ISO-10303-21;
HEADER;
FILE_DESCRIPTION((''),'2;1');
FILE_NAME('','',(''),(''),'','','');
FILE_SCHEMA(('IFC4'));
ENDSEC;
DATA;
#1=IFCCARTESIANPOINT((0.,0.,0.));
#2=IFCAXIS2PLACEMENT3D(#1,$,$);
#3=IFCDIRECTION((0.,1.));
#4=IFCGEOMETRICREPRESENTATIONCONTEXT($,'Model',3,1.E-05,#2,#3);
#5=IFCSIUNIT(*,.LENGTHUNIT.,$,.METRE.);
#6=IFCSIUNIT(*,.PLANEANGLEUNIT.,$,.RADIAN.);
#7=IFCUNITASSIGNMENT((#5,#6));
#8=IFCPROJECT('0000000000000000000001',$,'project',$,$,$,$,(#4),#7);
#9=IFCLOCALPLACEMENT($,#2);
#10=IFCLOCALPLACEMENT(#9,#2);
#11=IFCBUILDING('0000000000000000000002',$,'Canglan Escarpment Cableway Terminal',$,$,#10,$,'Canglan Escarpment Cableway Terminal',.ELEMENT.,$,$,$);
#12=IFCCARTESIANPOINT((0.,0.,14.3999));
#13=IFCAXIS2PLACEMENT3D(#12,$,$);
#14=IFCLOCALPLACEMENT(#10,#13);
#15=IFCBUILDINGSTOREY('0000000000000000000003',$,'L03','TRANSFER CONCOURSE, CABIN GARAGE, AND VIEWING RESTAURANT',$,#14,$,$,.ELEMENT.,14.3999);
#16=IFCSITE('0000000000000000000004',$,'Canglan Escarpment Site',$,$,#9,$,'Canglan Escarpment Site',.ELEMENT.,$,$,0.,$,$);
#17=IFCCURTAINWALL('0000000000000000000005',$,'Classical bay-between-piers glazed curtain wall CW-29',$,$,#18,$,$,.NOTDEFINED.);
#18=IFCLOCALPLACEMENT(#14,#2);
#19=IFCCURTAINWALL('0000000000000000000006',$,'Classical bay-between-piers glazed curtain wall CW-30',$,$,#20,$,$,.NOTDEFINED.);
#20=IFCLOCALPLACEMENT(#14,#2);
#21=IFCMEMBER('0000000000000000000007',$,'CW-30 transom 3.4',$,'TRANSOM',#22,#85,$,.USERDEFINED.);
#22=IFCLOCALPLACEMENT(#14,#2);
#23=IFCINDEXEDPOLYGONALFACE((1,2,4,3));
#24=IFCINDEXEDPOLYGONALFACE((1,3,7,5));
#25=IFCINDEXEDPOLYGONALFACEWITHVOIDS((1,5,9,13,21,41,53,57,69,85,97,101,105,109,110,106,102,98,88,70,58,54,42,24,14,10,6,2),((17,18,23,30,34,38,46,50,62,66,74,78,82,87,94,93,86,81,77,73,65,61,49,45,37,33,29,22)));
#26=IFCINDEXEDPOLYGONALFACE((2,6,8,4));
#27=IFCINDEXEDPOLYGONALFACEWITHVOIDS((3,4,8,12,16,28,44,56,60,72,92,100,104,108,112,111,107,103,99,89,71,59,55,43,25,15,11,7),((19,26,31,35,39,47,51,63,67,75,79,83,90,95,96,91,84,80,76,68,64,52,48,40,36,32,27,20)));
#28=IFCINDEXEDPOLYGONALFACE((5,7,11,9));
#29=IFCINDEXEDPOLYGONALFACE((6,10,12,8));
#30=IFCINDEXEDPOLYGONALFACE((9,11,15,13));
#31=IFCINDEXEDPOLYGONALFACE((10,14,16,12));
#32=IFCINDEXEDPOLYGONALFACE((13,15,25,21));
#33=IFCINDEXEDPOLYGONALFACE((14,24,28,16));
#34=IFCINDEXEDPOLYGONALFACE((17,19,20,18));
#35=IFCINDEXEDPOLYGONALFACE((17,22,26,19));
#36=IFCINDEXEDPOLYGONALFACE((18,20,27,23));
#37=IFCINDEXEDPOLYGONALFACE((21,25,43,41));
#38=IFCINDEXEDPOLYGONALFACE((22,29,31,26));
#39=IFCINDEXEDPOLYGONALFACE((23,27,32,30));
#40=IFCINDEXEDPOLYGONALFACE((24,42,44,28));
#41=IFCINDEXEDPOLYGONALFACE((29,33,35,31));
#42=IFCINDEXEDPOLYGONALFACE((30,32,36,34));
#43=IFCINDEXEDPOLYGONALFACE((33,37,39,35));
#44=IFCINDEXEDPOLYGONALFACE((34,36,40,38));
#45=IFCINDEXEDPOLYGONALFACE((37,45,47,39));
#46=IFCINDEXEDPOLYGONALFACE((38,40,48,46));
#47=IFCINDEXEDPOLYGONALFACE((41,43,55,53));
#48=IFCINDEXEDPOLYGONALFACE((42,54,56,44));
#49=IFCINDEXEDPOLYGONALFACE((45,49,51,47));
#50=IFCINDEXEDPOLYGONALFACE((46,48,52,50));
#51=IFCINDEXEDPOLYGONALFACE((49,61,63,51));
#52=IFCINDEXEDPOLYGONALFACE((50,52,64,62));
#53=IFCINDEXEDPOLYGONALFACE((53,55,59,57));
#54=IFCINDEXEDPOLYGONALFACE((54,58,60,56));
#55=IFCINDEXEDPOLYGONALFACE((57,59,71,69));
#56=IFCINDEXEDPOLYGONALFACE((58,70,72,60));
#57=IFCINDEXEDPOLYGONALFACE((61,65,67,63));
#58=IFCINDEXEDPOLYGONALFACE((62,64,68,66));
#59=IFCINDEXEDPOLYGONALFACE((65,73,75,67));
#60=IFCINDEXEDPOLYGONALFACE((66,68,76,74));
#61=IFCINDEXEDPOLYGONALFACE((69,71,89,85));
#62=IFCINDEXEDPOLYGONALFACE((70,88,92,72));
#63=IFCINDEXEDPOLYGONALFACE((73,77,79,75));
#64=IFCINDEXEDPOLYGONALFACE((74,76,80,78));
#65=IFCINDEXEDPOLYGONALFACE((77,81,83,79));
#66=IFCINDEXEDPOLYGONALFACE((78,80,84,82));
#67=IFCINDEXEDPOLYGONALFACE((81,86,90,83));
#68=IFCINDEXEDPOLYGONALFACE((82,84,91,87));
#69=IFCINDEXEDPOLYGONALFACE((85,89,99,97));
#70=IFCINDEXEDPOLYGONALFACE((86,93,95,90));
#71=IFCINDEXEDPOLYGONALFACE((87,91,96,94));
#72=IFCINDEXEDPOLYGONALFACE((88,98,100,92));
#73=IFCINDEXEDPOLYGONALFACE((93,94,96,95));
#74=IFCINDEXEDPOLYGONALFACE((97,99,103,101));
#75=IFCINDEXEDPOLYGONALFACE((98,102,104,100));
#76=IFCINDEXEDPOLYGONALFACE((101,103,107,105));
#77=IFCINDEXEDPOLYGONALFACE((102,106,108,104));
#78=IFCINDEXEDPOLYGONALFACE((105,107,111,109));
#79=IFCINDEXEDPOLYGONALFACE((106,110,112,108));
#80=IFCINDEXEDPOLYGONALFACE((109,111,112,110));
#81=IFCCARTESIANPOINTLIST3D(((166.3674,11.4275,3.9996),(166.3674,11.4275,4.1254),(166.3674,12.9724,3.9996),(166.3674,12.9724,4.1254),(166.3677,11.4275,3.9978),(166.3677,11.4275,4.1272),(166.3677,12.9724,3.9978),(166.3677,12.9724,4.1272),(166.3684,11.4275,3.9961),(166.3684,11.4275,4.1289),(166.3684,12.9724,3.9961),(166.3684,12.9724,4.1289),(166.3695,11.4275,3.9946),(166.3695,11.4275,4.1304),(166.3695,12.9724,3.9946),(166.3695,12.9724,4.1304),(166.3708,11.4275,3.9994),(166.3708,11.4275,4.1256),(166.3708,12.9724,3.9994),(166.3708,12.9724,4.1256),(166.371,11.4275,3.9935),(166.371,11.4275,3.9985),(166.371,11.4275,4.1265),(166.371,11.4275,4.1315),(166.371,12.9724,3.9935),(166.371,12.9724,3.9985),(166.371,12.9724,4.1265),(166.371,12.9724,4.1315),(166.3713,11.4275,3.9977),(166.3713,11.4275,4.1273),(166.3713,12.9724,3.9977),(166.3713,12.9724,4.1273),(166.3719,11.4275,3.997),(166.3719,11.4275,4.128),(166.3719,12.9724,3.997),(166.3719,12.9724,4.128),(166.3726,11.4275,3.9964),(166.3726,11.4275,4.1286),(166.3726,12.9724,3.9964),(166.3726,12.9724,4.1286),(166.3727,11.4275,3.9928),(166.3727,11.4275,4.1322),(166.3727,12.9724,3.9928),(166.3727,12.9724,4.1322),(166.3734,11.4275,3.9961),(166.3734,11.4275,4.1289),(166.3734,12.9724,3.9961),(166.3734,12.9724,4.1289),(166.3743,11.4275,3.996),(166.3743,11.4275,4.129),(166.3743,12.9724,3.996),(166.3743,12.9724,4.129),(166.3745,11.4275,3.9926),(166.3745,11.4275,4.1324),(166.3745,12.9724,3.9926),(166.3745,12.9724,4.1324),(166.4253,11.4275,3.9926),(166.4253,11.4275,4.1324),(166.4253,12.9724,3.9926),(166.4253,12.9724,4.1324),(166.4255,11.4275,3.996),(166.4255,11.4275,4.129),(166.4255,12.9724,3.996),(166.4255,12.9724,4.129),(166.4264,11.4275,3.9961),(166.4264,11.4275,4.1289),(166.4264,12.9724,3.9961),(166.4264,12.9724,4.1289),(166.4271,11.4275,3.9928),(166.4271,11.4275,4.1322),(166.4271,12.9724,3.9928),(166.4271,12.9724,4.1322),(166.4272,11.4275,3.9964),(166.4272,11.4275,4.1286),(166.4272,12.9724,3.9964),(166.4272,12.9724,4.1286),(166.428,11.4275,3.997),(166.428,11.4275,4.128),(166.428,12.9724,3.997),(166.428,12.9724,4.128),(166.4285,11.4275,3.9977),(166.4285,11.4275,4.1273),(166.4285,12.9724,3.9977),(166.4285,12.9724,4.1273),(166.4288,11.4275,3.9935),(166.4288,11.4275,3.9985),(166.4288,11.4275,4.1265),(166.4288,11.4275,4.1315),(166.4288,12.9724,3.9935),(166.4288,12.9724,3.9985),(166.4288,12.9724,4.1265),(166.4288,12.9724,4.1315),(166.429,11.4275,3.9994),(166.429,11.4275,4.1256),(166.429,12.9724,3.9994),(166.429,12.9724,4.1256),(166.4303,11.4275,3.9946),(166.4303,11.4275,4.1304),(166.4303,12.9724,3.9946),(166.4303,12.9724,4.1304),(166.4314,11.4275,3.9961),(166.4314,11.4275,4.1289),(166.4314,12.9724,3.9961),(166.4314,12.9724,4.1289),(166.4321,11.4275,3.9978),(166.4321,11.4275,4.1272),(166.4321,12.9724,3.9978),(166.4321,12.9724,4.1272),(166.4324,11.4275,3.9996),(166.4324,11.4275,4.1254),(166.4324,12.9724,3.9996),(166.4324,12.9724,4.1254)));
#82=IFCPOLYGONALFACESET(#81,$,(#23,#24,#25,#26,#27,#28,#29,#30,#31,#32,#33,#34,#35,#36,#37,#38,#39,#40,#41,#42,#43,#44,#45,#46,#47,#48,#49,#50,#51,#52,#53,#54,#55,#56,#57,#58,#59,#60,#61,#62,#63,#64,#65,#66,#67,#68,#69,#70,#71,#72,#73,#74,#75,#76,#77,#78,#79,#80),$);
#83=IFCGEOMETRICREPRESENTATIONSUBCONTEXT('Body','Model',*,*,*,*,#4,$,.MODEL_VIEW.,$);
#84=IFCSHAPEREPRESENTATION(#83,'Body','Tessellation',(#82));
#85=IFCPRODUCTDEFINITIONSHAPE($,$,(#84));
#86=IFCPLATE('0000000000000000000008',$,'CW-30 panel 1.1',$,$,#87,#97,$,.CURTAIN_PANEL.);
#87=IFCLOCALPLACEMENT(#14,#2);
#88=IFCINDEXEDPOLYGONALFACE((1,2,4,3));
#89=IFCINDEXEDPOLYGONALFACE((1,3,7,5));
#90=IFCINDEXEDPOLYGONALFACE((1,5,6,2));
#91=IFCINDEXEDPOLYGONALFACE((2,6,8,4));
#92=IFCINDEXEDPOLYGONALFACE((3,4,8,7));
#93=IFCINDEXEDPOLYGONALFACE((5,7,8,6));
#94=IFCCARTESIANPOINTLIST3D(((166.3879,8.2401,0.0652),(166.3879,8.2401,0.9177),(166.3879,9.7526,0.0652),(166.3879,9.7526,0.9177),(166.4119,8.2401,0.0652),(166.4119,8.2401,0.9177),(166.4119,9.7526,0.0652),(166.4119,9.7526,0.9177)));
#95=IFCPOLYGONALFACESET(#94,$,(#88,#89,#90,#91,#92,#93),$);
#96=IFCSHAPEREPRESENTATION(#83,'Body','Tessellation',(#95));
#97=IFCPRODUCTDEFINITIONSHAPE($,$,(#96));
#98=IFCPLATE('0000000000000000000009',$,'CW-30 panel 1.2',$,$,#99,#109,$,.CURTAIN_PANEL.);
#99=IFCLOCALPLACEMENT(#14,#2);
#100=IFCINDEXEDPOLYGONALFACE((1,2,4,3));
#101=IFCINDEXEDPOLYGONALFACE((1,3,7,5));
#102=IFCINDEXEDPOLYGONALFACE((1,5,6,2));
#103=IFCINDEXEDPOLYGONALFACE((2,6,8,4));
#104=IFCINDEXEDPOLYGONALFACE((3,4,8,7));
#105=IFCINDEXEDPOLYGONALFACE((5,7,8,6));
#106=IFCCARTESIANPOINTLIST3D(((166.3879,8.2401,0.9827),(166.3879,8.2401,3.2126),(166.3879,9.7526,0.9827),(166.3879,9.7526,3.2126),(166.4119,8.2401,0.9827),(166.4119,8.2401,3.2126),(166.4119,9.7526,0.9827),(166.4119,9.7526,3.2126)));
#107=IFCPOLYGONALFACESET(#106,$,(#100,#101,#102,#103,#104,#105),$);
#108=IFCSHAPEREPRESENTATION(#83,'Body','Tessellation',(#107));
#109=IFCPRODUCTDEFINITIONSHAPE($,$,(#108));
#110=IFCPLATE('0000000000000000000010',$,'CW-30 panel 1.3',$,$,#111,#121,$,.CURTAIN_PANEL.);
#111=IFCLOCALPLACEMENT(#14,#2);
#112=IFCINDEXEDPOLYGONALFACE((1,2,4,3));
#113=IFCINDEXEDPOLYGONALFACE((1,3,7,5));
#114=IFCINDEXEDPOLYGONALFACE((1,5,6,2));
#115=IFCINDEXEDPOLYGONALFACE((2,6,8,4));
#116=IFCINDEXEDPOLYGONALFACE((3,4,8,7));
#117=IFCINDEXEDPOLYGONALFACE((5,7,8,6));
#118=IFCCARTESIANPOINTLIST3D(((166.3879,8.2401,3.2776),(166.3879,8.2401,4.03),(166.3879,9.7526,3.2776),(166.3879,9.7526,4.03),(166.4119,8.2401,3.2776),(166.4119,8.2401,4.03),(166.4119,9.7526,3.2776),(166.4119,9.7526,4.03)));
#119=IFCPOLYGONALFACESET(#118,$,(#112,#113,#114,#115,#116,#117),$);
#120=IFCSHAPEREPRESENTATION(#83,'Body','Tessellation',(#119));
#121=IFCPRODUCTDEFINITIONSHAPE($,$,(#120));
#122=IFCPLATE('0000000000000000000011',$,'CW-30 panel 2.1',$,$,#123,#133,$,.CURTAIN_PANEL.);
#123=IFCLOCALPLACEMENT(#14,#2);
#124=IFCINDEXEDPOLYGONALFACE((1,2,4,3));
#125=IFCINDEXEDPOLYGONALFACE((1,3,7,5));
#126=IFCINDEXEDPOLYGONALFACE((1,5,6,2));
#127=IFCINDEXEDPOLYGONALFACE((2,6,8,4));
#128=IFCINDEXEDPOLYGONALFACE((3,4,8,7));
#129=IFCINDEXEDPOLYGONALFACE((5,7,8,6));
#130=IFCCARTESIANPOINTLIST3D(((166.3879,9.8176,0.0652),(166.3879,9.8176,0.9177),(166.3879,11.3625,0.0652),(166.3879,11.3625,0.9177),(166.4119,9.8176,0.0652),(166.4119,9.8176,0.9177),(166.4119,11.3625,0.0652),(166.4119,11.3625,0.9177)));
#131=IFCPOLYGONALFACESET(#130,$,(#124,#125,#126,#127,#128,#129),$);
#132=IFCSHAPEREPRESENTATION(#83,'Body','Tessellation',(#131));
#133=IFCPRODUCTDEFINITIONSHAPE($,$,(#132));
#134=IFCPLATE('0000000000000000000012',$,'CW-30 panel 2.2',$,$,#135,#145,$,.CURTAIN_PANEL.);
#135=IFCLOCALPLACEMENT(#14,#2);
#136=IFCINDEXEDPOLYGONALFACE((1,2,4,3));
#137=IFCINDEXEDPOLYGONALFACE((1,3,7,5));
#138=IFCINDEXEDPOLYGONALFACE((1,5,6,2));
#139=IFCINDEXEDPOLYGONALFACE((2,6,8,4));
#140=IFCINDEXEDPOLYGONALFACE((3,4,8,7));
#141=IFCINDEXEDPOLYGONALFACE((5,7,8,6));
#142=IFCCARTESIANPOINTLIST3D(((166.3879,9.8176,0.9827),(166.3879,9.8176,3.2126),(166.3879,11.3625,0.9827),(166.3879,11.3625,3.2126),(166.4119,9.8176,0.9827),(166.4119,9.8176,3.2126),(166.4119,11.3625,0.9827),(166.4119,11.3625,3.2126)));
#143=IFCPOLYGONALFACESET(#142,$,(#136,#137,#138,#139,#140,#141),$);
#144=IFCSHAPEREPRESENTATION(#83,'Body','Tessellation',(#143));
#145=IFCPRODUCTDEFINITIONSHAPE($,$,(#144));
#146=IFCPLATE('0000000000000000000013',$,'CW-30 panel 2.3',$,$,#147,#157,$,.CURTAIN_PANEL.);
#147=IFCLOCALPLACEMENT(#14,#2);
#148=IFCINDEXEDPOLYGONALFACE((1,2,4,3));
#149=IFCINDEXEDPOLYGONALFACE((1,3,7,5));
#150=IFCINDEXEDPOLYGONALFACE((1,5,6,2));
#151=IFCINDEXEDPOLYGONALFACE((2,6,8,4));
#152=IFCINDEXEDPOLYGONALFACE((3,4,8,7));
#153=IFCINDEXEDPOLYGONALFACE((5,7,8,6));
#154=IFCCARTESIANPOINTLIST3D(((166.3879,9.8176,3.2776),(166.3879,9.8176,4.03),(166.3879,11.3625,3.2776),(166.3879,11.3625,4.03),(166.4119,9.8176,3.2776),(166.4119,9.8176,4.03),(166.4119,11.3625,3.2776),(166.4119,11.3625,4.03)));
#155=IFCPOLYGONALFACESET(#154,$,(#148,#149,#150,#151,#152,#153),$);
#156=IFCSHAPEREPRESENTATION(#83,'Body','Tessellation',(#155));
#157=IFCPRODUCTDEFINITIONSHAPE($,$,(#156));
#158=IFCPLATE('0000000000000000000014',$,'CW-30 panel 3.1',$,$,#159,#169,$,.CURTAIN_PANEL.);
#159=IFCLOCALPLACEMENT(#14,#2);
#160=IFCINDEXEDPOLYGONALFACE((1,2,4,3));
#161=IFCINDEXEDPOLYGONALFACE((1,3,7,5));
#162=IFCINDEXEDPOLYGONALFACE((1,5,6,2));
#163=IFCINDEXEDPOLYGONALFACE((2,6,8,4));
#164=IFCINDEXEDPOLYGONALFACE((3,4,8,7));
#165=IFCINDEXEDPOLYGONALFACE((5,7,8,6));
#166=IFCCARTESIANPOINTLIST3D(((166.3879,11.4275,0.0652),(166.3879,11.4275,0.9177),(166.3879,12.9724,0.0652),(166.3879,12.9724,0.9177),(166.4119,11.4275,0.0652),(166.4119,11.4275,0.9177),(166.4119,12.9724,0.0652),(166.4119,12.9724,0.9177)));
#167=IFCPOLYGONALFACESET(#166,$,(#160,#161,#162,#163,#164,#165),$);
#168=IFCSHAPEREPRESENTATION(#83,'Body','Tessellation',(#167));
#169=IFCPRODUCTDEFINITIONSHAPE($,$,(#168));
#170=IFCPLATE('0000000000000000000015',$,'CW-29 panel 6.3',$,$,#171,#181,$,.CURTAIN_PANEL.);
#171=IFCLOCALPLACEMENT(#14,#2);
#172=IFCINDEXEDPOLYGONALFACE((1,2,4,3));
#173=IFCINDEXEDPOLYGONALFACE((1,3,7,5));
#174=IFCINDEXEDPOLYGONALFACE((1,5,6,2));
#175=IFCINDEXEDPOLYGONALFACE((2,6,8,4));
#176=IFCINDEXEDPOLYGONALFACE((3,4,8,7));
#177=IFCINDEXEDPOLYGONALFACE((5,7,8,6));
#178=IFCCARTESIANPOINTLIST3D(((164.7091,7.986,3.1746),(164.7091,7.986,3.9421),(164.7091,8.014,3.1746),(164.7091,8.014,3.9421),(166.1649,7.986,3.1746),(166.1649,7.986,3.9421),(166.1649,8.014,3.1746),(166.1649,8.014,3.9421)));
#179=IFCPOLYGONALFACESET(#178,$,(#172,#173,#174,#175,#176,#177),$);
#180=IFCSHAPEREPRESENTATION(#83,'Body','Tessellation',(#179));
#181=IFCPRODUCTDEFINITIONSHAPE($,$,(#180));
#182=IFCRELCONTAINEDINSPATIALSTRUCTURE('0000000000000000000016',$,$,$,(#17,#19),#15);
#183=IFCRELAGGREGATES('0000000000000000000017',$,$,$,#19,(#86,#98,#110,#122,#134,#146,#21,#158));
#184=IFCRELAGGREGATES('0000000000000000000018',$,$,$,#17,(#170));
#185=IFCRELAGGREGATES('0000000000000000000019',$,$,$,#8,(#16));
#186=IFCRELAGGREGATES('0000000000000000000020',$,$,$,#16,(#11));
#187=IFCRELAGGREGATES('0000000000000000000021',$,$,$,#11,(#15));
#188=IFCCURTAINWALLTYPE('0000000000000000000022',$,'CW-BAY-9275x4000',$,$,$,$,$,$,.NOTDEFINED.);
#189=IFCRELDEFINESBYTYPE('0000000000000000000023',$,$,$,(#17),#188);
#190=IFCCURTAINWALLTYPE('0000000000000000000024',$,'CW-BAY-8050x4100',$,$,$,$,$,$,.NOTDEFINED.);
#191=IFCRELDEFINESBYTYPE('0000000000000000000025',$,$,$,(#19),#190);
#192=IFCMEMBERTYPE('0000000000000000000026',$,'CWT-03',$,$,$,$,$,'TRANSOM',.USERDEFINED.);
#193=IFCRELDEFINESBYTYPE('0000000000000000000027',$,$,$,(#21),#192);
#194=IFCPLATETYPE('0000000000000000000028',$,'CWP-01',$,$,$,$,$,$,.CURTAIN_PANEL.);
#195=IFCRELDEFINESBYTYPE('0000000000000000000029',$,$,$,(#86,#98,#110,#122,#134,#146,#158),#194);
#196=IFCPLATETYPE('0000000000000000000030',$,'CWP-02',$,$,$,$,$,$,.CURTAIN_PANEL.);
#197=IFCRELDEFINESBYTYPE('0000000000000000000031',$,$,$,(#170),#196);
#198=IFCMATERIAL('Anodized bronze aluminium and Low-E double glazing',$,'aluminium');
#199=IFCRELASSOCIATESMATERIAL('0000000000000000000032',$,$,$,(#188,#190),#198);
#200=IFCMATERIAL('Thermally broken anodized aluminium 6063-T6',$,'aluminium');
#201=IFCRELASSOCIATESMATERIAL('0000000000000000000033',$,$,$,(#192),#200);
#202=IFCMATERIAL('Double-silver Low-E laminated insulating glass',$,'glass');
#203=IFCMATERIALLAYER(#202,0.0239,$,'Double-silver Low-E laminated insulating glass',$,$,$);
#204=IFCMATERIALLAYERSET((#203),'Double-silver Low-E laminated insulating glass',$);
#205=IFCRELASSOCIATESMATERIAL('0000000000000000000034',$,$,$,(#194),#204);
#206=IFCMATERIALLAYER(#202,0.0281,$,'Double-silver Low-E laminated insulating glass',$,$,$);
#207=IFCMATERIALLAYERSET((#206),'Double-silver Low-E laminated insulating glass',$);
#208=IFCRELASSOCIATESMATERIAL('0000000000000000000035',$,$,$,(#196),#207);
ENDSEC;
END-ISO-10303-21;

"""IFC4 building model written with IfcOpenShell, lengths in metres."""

from ifc_helpers import new_model, si_unit, direction, frame, origin, origin_2d, place, context, subcontext, project, spatial, rectangle, hollow_rectangle, extrude, material, layer, layer_set, material_profile, profile_set, type_object, element, aggregate, save


model = new_model("IFC4")

# Units and contexts
model_context = context("Model", 3, precision=1e-05, world=origin(), true_north=direction((0.0, 1.0)))
body_context = subcontext(model_context, "Body", "Model", "MODEL_VIEW")
ifc_project = project(units=[si_unit("LENGTHUNIT", "METRE"), si_unit("PLANEANGLEUNIT", "RADIAN")], contexts=[model_context])

# Site, building, storey
site_placement = place(None, origin())
site = spatial("IfcSite", under=ifc_project, at=site_placement, Name="Canglan Escarpment Site", LongName="Canglan Escarpment Site", CompositionType="ELEMENT", RefElevation=0.0)
building_placement = place(site_placement, origin())
building = spatial("IfcBuilding", under=site, at=building_placement, Name="Canglan Escarpment Cableway Terminal", LongName="Canglan Escarpment Cableway Terminal", CompositionType="ELEMENT")
storey_placement = place(building_placement, frame((0.0, 0.0, 14.3999)))
storey = spatial("IfcBuildingStorey", under=building, at=storey_placement, Name="L03", Description="TRANSFER CONCOURSE, CABIN GARAGE, AND VIEWING RESTAURANT", CompositionType="ELEMENT", Elevation=14.3999)

# Curtain wall
ifc_material_1 = material(Name="Anodized bronze aluminium and Low-E double glazing", Category="aluminium")
curtain_wall_type_1 = type_object("IfcCurtainWallType", Name="CW-BAY-9275x4000", PredefinedType="NOTDEFINED", material=ifc_material_1)
curtain_wall_1_placement = place(storey_placement, origin())
curtain_wall_1 = element("IfcCurtainWall", 1, at=curtain_wall_1_placement, inside=storey, type_object=curtain_wall_type_1, Name="Classical bay-between-piers glazed curtain wall CW-29", PredefinedType="NOTDEFINED")
ifc_material_2 = material(Name="Thermally broken anodized aluminium 6063-T6", Category="aluminium")

# Curtain wall, member, plates
curtain_wall_type_2 = type_object("IfcCurtainWallType", Name="CW-BAY-8050x4100", PredefinedType="NOTDEFINED", material=ifc_material_1)
curtain_wall_2_placement = place(storey_placement, origin())
curtain_wall_2 = element("IfcCurtainWall", 2, at=curtain_wall_2_placement, inside=storey, type_object=curtain_wall_type_2, Name="Classical bay-between-piers glazed curtain wall CW-30", PredefinedType="NOTDEFINED")
ifc_material_profile_1 = material_profile(ifc_material_2, hollow_rectangle(XDim=0.0649, YDim=0.1399, WallThickness=0.0034, InnerFilletRadius=0.0034, OuterFilletRadius=0.0071, at=origin_2d()), Name="ALU-TRAN 65x140x3.5")
ifc_profile_set_1 = profile_set([ifc_material_profile_1], Name="Thermally broken anodized aluminium 6063-T6")
member_type_1 = type_object("IfcMemberType", Name="CWT-03", ElementType="TRANSOM", PredefinedType="USERDEFINED", material=ifc_profile_set_1)
member_1_placement = place(storey_placement, frame((166.3999, 11.4275, 4.0625), z_axis=(0.0, 1.0, 0.0), x_axis=(-1.0, 0.0, 0.0)))
member_1 = element("IfcMember", 3, at=member_1_placement, type_object=member_type_1, Name="CW-30 transom 3.4", ObjectType="TRANSOM", PredefinedType="USERDEFINED", context=body_context, shape_type="SweptSolid", body=[
    extrude(hollow_rectangle(XDim=0.0649, YDim=0.1399, WallThickness=0.0034, InnerFilletRadius=0.0034, OuterFilletRadius=0.0071, at=origin_2d()), origin(), (0.0, 0.0, 1.0), 1.5449),
])
ifc_material_3 = material(Name="Double-silver Low-E laminated insulating glass", Category="glass")
ifc_layer_1 = layer(ifc_material_3, 0.0239, Name="Double-silver Low-E laminated insulating glass")
ifc_layer_set_1 = layer_set([ifc_layer_1], Name="Double-silver Low-E laminated insulating glass")
plate_type_1 = type_object("IfcPlateType", Name="CWP-01", PredefinedType="CURTAIN_PANEL", material=ifc_layer_set_1)
plate_1_placement = place(storey_placement, frame((166.3999, 8.9963, 0.0652), z_axis=(0.0, 0.0, 1.0), x_axis=(0.0, 1.0, 0.0)))
plate_1 = element("IfcPlate", 4, at=plate_1_placement, type_object=plate_type_1, Name="CW-30 panel 1.1", PredefinedType="CURTAIN_PANEL", context=body_context, shape_type="SweptSolid", body=[
    extrude(rectangle(XDim=1.5125, YDim=0.0239, at=origin_2d()), origin(), (0.0, 0.0, 1.0), 0.8525),
])
plate_2_placement = place(storey_placement, frame((166.3999, 8.9963, 0.9827), z_axis=(0.0, 0.0, 1.0), x_axis=(0.0, 1.0, 0.0)))
plate_2 = element("IfcPlate", 5, at=plate_2_placement, type_object=plate_type_1, Name="CW-30 panel 1.2", PredefinedType="CURTAIN_PANEL", context=body_context, shape_type="SweptSolid", body=[
    extrude(rectangle(XDim=1.5125, YDim=0.0239, at=origin_2d()), origin(), (0.0, 0.0, 1.0), 2.23),
])
plate_3_placement = place(storey_placement, frame((166.3999, 8.9963, 3.2776), z_axis=(0.0, 0.0, 1.0), x_axis=(0.0, 1.0, 0.0)))
plate_3 = element("IfcPlate", 6, at=plate_3_placement, type_object=plate_type_1, Name="CW-30 panel 1.3", PredefinedType="CURTAIN_PANEL", context=body_context, shape_type="SweptSolid", body=[
    extrude(rectangle(XDim=1.5125, YDim=0.0239, at=origin_2d()), origin(), (0.0, 0.0, 1.0), 0.7524),
])
plate_4_placement = place(storey_placement, frame((166.3999, 10.5901, 0.0652), z_axis=(0.0, 0.0, 1.0), x_axis=(0.0, 1.0, 0.0)))
plate_4 = element("IfcPlate", 7, at=plate_4_placement, type_object=plate_type_1, Name="CW-30 panel 2.1", PredefinedType="CURTAIN_PANEL", context=body_context, shape_type="SweptSolid", body=[
    extrude(rectangle(XDim=1.5449, YDim=0.0239, at=origin_2d()), origin(), (0.0, 0.0, 1.0), 0.8525),
])
plate_5_placement = place(storey_placement, frame((166.3999, 10.5901, 0.9827), z_axis=(0.0, 0.0, 1.0), x_axis=(0.0, 1.0, 0.0)))
plate_5 = element("IfcPlate", 8, at=plate_5_placement, type_object=plate_type_1, Name="CW-30 panel 2.2", PredefinedType="CURTAIN_PANEL", context=body_context, shape_type="SweptSolid", body=[
    extrude(rectangle(XDim=1.5449, YDim=0.0239, at=origin_2d()), origin(), (0.0, 0.0, 1.0), 2.23),
])
plate_6_placement = place(storey_placement, frame((166.3999, 10.5901, 3.2776), z_axis=(0.0, 0.0, 1.0), x_axis=(0.0, 1.0, 0.0)))
plate_6 = element("IfcPlate", 9, at=plate_6_placement, type_object=plate_type_1, Name="CW-30 panel 2.3", PredefinedType="CURTAIN_PANEL", context=body_context, shape_type="SweptSolid", body=[
    extrude(rectangle(XDim=1.5449, YDim=0.0239, at=origin_2d()), origin(), (0.0, 0.0, 1.0), 0.7524),
])
plate_7_placement = place(storey_placement, frame((166.3999, 12.2, 0.0652), z_axis=(0.0, 0.0, 1.0), x_axis=(0.0, 1.0, 0.0)))
plate_7 = element("IfcPlate", 10, at=plate_7_placement, type_object=plate_type_1, Name="CW-30 panel 3.1", PredefinedType="CURTAIN_PANEL", context=body_context, shape_type="SweptSolid", body=[
    extrude(rectangle(XDim=1.5449, YDim=0.0239, at=origin_2d()), origin(), (0.0, 0.0, 1.0), 0.8525),
])
aggregate(curtain_wall_2, [plate_1, plate_2, plate_3, plate_4, plate_5, plate_6, member_1, plate_7])

# Plate
ifc_layer_2 = layer(ifc_material_3, 0.0281, Name="Double-silver Low-E laminated insulating glass")
ifc_layer_set_2 = layer_set([ifc_layer_2], Name="Double-silver Low-E laminated insulating glass")
plate_type_2 = type_object("IfcPlateType", Name="CWP-02", PredefinedType="CURTAIN_PANEL", material=ifc_layer_set_2)
plate_8_placement = place(storey_placement, frame((165.437, 8.0, 3.1746), z_axis=(0.0, 0.0, 1.0), x_axis=(1.0, 0.0, 0.0)))
plate_8 = element("IfcPlate", 11, at=plate_8_placement, type_object=plate_type_2, Name="CW-29 panel 6.3", PredefinedType="CURTAIN_PANEL", context=body_context, shape_type="SweptSolid", body=[
    extrude(rectangle(XDim=1.4558, YDim=0.0281, at=origin_2d()), origin(), (0.0, 0.0, 1.0), 0.7676),
])
aggregate(curtain_wall_1, [plate_8])

save(model, "model.ifc")
